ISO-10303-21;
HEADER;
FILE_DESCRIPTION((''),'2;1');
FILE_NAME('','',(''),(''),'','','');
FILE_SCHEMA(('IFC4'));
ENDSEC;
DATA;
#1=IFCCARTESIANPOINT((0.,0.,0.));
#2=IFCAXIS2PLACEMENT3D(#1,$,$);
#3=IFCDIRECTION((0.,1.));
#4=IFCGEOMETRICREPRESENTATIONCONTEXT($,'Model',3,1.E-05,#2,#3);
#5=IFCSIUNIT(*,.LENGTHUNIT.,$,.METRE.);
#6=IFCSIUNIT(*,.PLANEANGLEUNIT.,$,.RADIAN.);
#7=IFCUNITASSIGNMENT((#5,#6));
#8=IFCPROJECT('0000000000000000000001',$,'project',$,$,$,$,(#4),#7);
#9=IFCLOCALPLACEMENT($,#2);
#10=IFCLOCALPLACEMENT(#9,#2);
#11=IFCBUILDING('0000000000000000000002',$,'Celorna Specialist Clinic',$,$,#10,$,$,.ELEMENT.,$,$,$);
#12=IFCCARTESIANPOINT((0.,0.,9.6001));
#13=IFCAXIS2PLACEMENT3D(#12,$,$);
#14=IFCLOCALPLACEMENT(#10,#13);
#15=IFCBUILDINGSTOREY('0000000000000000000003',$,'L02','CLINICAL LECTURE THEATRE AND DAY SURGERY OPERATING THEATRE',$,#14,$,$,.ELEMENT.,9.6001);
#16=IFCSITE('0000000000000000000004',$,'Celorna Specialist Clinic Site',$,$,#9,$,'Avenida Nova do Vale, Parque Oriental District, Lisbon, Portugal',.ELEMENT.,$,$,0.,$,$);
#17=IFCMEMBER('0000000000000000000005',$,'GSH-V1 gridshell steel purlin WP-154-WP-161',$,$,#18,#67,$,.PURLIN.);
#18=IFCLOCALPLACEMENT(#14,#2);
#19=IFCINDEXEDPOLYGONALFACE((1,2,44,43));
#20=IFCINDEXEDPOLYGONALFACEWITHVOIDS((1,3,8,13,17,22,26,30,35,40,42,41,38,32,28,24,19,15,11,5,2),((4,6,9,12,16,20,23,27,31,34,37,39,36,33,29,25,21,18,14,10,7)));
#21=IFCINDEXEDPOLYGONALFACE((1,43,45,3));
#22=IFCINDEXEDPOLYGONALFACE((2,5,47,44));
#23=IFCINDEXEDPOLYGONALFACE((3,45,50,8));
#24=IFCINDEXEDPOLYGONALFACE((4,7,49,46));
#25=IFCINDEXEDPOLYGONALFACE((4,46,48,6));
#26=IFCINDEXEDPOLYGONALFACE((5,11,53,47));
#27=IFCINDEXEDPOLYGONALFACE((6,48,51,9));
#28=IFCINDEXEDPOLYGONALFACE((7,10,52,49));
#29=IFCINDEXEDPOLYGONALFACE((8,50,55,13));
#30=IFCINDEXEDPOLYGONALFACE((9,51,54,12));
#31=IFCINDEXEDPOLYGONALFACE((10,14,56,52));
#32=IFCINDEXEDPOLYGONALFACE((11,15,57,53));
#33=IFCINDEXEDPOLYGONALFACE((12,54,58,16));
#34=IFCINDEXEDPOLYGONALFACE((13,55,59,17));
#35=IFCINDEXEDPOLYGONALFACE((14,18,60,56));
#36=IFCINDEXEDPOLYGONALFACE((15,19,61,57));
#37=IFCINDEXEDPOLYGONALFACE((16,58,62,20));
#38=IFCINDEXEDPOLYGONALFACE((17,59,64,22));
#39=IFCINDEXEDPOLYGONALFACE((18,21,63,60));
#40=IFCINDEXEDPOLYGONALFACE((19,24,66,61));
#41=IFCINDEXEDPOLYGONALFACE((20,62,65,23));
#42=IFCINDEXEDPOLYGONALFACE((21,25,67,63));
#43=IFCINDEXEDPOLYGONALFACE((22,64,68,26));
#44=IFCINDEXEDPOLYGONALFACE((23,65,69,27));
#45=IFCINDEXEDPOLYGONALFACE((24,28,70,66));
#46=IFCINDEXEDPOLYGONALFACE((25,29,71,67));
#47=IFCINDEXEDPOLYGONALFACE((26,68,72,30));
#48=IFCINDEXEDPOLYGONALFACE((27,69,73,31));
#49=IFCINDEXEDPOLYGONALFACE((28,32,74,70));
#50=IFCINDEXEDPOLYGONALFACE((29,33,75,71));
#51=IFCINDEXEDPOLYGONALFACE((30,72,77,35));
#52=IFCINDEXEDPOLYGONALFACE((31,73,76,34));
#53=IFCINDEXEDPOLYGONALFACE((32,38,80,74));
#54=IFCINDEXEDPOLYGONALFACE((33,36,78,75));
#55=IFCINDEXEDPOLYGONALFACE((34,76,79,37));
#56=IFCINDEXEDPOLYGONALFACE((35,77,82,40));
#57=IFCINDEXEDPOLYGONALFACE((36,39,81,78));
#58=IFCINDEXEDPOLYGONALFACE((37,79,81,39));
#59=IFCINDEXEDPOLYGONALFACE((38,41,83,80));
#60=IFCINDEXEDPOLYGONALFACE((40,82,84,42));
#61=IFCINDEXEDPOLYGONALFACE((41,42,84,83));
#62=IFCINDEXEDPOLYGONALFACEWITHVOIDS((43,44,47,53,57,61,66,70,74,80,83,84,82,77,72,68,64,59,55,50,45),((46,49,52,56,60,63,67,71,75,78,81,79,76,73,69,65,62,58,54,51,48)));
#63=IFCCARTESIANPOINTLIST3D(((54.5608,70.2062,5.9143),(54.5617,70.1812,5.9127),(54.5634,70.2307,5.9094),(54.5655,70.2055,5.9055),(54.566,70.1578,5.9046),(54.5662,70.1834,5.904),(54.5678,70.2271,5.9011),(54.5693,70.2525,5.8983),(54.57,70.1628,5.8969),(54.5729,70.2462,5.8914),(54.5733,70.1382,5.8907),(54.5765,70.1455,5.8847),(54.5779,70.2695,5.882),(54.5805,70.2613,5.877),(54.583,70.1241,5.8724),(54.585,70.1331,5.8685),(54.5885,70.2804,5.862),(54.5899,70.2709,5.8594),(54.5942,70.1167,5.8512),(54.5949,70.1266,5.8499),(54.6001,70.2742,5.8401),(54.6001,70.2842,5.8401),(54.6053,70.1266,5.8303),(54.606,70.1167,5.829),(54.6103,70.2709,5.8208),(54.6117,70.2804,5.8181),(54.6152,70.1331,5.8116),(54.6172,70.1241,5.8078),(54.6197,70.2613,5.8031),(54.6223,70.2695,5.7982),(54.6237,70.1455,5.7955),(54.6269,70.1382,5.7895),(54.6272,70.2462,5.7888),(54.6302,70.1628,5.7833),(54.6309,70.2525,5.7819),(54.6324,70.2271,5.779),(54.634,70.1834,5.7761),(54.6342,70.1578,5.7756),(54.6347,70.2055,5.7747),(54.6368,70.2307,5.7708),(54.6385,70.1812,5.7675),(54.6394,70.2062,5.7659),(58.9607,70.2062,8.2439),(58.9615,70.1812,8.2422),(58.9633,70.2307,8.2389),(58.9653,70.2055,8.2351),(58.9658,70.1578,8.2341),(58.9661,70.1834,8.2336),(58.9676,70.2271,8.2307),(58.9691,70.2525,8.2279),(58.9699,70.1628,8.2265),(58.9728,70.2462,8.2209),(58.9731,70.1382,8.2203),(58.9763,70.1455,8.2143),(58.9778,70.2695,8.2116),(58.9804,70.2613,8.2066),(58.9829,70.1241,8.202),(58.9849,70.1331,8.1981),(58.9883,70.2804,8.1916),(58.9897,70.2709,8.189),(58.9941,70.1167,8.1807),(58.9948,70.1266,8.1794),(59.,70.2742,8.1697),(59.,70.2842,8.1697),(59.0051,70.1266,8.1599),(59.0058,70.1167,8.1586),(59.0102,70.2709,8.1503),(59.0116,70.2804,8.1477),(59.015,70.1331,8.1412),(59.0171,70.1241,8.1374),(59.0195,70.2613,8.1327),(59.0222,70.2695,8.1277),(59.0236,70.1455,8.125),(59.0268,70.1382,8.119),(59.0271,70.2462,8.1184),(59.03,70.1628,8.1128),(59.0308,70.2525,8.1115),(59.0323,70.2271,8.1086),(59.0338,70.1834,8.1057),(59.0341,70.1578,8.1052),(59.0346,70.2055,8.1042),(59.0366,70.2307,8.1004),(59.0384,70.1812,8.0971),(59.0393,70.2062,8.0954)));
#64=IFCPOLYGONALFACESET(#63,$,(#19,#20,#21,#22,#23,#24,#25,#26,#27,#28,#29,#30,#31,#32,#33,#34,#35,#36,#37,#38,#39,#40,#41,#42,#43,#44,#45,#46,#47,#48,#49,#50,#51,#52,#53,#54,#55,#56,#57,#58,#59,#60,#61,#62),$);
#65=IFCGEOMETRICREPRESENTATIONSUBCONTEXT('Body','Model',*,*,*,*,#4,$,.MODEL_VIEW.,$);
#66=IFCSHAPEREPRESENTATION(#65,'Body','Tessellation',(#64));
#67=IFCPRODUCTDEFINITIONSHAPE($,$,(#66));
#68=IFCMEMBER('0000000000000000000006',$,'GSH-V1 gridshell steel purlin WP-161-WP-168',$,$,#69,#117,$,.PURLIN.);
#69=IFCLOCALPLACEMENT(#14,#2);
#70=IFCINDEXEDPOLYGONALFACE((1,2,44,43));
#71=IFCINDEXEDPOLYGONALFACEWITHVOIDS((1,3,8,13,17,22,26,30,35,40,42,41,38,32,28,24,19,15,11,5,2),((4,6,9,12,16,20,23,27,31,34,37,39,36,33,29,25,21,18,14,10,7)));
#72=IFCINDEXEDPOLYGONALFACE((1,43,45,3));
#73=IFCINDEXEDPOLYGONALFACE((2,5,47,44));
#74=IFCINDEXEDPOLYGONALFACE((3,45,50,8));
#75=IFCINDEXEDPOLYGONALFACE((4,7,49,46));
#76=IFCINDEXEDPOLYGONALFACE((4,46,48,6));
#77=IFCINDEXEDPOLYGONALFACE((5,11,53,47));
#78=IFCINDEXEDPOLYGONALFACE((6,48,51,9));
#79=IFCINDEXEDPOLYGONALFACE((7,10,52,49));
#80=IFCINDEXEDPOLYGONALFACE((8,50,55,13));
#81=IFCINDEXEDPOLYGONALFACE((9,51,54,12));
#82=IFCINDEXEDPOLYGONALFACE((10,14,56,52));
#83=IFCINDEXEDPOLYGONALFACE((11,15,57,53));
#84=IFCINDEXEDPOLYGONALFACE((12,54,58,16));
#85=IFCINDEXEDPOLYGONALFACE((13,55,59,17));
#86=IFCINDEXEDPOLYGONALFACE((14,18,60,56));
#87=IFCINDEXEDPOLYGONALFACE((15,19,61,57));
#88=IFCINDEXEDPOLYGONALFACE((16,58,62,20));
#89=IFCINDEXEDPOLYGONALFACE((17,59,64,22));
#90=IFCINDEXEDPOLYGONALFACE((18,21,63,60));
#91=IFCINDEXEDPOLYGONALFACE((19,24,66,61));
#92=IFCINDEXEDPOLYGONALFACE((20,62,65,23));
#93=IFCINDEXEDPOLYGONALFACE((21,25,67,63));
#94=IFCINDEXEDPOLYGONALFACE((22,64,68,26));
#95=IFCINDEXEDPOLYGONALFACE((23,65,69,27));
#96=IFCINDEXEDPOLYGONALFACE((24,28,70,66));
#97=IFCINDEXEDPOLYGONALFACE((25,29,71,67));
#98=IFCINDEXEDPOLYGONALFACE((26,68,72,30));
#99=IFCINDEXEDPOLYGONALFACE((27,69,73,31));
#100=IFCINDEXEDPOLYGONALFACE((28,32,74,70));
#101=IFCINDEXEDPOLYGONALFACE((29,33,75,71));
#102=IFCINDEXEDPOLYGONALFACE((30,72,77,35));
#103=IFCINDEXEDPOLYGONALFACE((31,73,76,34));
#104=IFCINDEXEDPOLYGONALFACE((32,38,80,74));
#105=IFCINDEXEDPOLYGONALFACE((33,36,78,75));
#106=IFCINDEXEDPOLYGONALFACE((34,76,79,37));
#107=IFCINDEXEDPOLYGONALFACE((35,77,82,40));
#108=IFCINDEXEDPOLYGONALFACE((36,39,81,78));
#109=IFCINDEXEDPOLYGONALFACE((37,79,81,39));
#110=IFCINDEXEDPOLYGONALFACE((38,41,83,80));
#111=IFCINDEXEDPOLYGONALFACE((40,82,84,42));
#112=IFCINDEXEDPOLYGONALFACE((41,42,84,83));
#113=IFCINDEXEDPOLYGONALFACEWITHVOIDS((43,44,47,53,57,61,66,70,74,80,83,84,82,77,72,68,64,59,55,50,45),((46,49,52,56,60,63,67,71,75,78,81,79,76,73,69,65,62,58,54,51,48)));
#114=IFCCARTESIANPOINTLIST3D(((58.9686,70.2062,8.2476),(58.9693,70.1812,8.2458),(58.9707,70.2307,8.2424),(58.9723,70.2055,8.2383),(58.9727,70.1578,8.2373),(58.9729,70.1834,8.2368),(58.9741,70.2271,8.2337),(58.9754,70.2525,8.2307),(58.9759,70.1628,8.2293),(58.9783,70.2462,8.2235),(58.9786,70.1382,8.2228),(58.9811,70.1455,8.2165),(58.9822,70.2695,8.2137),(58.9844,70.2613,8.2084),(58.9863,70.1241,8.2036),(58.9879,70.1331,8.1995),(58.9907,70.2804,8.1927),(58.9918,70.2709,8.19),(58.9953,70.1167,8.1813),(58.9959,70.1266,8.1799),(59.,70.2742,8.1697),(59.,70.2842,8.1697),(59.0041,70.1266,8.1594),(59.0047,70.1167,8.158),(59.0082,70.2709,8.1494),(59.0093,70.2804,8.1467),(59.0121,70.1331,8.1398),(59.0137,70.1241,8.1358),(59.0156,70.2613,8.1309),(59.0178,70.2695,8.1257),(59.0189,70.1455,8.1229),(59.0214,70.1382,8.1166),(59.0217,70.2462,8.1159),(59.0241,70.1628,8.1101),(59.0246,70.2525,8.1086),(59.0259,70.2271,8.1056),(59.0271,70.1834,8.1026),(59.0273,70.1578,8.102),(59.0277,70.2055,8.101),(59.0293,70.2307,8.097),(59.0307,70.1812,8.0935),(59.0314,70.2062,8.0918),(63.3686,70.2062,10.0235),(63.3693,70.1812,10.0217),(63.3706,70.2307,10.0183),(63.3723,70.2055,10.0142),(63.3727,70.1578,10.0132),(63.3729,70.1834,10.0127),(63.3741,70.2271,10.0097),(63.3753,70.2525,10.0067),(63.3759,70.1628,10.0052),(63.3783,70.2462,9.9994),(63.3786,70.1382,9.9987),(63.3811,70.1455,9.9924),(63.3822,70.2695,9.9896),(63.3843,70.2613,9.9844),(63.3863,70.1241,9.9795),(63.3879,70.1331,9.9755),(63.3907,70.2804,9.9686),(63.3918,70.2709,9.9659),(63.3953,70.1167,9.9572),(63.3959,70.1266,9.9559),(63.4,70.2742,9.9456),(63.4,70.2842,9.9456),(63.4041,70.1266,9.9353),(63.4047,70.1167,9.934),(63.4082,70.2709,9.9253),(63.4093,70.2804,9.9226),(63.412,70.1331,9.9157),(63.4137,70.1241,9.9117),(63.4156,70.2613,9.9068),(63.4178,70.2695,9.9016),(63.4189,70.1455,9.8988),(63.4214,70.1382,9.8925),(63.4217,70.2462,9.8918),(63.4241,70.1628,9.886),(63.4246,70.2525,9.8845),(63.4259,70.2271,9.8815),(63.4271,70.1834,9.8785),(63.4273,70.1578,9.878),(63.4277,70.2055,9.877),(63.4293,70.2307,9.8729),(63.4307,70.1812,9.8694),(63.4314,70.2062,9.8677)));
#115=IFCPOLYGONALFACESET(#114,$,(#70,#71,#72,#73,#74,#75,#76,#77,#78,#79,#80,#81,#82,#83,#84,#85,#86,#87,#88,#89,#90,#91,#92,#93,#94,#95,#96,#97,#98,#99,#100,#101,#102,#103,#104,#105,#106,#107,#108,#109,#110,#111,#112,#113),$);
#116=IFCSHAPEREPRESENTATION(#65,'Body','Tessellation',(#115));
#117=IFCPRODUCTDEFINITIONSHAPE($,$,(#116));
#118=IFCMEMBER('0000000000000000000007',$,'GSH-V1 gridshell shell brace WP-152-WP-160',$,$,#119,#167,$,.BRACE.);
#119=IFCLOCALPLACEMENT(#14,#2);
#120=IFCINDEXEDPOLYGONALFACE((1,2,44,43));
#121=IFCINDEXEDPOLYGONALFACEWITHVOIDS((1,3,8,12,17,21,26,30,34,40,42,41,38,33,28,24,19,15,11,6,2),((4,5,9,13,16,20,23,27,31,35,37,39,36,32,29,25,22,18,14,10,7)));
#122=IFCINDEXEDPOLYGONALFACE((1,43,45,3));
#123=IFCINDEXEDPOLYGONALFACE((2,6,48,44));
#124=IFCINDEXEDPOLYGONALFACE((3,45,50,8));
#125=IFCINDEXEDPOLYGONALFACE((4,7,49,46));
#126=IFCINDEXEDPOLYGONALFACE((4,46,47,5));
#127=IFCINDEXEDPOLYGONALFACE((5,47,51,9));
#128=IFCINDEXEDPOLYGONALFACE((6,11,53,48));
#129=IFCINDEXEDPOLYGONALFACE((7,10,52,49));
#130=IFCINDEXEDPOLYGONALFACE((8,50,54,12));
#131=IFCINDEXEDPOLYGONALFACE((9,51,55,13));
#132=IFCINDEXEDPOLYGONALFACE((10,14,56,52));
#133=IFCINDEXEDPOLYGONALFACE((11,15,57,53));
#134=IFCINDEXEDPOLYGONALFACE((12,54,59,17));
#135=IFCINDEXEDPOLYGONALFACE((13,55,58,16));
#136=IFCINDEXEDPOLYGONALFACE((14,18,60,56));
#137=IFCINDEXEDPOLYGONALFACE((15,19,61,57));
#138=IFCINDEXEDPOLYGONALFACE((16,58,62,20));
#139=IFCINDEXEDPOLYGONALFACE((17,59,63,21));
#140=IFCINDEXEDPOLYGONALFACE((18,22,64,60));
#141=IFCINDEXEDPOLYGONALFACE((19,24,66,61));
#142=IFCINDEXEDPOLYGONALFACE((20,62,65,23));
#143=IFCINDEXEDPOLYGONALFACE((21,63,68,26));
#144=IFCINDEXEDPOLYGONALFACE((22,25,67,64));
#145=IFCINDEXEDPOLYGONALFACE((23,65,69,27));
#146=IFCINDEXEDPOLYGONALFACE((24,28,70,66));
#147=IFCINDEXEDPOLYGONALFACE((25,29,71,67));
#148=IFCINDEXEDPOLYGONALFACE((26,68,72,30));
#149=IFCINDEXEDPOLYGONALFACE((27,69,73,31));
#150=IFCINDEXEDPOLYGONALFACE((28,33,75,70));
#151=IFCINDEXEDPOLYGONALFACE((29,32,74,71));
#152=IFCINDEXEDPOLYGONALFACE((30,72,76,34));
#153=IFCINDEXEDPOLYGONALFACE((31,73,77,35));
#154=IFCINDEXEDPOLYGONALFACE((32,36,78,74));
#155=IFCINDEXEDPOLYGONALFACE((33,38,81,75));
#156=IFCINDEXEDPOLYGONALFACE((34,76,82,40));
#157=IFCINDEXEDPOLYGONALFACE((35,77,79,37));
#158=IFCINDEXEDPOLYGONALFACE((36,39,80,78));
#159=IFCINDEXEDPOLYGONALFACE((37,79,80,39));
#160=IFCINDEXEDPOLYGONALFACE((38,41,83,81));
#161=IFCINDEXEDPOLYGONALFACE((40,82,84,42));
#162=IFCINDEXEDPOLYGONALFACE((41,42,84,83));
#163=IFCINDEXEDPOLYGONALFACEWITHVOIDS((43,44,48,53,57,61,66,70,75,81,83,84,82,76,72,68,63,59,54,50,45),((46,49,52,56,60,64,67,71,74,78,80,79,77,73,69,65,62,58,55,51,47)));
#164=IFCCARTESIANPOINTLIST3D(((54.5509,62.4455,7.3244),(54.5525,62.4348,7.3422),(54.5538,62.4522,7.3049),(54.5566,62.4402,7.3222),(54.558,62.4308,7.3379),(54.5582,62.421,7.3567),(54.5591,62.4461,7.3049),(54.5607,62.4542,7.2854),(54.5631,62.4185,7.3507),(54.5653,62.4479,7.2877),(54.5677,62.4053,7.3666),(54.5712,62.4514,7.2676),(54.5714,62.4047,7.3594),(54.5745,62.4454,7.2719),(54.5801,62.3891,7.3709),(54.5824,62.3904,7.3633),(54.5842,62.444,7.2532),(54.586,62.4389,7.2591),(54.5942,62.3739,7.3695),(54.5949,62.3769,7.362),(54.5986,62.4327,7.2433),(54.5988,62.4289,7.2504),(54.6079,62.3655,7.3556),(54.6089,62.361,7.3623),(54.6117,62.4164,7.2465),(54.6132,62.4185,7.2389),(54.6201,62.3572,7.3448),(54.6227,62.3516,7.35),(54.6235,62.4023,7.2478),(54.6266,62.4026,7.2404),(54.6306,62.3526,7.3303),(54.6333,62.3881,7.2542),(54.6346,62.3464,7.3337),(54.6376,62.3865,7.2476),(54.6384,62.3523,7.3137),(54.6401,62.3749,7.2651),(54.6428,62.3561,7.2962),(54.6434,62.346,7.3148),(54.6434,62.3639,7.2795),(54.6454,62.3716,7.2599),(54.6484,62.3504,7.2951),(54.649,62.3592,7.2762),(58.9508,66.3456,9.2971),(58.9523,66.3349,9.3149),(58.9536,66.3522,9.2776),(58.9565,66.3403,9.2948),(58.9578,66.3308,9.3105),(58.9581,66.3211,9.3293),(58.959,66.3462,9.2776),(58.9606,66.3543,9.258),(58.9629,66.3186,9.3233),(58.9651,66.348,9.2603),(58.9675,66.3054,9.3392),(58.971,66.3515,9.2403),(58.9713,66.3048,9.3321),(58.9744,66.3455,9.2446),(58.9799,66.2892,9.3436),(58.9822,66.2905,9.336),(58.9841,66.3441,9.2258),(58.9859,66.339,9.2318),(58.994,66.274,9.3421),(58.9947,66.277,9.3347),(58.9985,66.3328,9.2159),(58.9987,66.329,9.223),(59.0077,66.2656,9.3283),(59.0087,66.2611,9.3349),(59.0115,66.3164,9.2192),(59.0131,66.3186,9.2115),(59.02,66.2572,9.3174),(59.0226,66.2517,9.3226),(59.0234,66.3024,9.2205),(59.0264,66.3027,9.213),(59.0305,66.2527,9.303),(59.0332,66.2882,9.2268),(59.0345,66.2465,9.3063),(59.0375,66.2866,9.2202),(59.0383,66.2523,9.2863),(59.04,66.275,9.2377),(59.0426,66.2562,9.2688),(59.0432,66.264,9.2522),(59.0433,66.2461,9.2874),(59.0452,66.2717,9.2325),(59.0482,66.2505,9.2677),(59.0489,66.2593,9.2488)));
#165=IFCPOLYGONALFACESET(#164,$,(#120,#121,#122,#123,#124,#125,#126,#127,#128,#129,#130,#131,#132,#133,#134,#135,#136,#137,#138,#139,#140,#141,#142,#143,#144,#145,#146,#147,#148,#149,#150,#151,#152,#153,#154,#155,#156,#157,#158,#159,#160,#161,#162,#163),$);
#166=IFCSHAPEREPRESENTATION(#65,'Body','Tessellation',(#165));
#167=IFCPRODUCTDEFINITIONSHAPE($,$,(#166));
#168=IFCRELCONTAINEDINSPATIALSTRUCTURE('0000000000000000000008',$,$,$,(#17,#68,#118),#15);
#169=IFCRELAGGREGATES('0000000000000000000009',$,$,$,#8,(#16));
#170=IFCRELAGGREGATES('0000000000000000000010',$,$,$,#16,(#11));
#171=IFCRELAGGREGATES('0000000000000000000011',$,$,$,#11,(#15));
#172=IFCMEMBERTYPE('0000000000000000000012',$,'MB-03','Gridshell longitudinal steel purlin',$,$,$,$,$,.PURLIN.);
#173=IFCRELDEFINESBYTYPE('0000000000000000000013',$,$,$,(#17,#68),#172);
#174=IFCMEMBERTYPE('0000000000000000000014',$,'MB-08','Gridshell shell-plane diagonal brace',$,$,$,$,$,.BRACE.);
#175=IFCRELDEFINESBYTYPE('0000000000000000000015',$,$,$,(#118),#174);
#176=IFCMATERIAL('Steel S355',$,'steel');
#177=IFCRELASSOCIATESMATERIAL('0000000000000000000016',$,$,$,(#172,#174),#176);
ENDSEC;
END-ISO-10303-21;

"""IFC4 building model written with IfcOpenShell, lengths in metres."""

from ifc_helpers import new_model, si_unit, direction, frame, origin, origin_2d, place, context, subcontext, project, spatial, hollow_circle, extrude, material, material_profile, profile_set, type_object, element, save


model = new_model("IFC4")

# Units and contexts
model_context = context("Model", 3, precision=1e-05, world=origin(), true_north=direction((0.0, 1.0)))
body_context = subcontext(model_context, "Body", "Model", "MODEL_VIEW")
ifc_project = project(units=[si_unit("LENGTHUNIT", "METRE"), si_unit("PLANEANGLEUNIT", "RADIAN")], contexts=[model_context])

# Site, building, storey
site_placement = place(None, origin())
site = spatial("IfcSite", under=ifc_project, at=site_placement, Name="Celorna Specialist Clinic Site", LongName="Avenida Nova do Vale, Parque Oriental District, Lisbon, Portugal", CompositionType="ELEMENT", RefElevation=0.0)
building_placement = place(site_placement, origin())
building = spatial("IfcBuilding", under=site, at=building_placement, Name="Celorna Specialist Clinic", CompositionType="ELEMENT")
storey_placement = place(building_placement, frame((0.0, 0.0, 9.6001)))
storey = spatial("IfcBuildingStorey", under=building, at=storey_placement, Name="L02", Description="CLINICAL LECTURE THEATRE AND DAY SURGERY OPERATING THEATRE", CompositionType="ELEMENT", Elevation=9.6001)

# Shared definitions
ifc_material_1 = material(Name="Steel S355", Category="steel")

# Members
ifc_material_profile_1 = material_profile(ifc_material_1, hollow_circle(Radius=0.0842, WallThickness=0.01, at=origin_2d()), Name="CHS 168.3x10")
ifc_profile_set_1 = profile_set([ifc_material_profile_1], Name="Steel S355")
member_type_1 = type_object("IfcMemberType", Name="MB-03", Description="Gridshell longitudinal steel purlin", PredefinedType="PURLIN", material=ifc_profile_set_1)
member_1_placement = place(storey_placement, frame((54.6001, 70.2, 5.8401), z_axis=(0.883769, 0.0, 0.467924), x_axis=(0.0, 1.0, 0.0)))
element("IfcMember", 1, at=member_1_placement, inside=storey, type_object=member_type_1, Name="GSH-V1 gridshell steel purlin WP-154-WP-161", PredefinedType="PURLIN", context=body_context, shape_type="SweptSolid", body=[
    extrude(hollow_circle(Radius=0.0842, WallThickness=0.01, at=origin_2d()), origin(), (0.0, 0.0, 1.0), 4.9785),
])
member_2_placement = place(storey_placement, frame((59.0, 70.2, 8.1697), z_axis=(0.927315, 0.0, 0.374281), x_axis=(0.0, 1.0, 0.0)))
element("IfcMember", 2, at=member_2_placement, inside=storey, type_object=member_type_1, Name="GSH-V1 gridshell steel purlin WP-161-WP-168", PredefinedType="PURLIN", context=body_context, shape_type="SweptSolid", body=[
    extrude(hollow_circle(Radius=0.0842, WallThickness=0.01, at=origin_2d()), origin(), (0.0, 0.0, 1.0), 4.7449),
])
ifc_material_profile_2 = material_profile(ifc_material_1, hollow_circle(Radius=0.0698, WallThickness=0.0081, at=origin_2d()), Name="CHS 139.7x8")
ifc_profile_set_2 = profile_set([ifc_material_profile_2], Name="Steel S355")
member_type_2 = type_object("IfcMemberType", Name="MB-08", Description="Gridshell shell-plane diagonal brace", PredefinedType="BRACE", material=ifc_profile_set_2)
member_3_placement = place(storey_placement, frame((54.6001, 62.3999, 7.3049), z_axis=(0.709462, 0.628879, 0.318081), x_axis=(-0.66333, 0.748327, 0.0)))
element("IfcMember", 3, at=member_3_placement, inside=storey, type_object=member_type_2, Name="GSH-V1 gridshell shell brace WP-152-WP-160", PredefinedType="BRACE", context=body_context, shape_type="SweptSolid", body=[
    extrude(hollow_circle(Radius=0.0698, WallThickness=0.0081, at=origin_2d()), origin(), (0.0, 0.0, 1.0), 6.2017),
])

save(model, "model.ifc")
